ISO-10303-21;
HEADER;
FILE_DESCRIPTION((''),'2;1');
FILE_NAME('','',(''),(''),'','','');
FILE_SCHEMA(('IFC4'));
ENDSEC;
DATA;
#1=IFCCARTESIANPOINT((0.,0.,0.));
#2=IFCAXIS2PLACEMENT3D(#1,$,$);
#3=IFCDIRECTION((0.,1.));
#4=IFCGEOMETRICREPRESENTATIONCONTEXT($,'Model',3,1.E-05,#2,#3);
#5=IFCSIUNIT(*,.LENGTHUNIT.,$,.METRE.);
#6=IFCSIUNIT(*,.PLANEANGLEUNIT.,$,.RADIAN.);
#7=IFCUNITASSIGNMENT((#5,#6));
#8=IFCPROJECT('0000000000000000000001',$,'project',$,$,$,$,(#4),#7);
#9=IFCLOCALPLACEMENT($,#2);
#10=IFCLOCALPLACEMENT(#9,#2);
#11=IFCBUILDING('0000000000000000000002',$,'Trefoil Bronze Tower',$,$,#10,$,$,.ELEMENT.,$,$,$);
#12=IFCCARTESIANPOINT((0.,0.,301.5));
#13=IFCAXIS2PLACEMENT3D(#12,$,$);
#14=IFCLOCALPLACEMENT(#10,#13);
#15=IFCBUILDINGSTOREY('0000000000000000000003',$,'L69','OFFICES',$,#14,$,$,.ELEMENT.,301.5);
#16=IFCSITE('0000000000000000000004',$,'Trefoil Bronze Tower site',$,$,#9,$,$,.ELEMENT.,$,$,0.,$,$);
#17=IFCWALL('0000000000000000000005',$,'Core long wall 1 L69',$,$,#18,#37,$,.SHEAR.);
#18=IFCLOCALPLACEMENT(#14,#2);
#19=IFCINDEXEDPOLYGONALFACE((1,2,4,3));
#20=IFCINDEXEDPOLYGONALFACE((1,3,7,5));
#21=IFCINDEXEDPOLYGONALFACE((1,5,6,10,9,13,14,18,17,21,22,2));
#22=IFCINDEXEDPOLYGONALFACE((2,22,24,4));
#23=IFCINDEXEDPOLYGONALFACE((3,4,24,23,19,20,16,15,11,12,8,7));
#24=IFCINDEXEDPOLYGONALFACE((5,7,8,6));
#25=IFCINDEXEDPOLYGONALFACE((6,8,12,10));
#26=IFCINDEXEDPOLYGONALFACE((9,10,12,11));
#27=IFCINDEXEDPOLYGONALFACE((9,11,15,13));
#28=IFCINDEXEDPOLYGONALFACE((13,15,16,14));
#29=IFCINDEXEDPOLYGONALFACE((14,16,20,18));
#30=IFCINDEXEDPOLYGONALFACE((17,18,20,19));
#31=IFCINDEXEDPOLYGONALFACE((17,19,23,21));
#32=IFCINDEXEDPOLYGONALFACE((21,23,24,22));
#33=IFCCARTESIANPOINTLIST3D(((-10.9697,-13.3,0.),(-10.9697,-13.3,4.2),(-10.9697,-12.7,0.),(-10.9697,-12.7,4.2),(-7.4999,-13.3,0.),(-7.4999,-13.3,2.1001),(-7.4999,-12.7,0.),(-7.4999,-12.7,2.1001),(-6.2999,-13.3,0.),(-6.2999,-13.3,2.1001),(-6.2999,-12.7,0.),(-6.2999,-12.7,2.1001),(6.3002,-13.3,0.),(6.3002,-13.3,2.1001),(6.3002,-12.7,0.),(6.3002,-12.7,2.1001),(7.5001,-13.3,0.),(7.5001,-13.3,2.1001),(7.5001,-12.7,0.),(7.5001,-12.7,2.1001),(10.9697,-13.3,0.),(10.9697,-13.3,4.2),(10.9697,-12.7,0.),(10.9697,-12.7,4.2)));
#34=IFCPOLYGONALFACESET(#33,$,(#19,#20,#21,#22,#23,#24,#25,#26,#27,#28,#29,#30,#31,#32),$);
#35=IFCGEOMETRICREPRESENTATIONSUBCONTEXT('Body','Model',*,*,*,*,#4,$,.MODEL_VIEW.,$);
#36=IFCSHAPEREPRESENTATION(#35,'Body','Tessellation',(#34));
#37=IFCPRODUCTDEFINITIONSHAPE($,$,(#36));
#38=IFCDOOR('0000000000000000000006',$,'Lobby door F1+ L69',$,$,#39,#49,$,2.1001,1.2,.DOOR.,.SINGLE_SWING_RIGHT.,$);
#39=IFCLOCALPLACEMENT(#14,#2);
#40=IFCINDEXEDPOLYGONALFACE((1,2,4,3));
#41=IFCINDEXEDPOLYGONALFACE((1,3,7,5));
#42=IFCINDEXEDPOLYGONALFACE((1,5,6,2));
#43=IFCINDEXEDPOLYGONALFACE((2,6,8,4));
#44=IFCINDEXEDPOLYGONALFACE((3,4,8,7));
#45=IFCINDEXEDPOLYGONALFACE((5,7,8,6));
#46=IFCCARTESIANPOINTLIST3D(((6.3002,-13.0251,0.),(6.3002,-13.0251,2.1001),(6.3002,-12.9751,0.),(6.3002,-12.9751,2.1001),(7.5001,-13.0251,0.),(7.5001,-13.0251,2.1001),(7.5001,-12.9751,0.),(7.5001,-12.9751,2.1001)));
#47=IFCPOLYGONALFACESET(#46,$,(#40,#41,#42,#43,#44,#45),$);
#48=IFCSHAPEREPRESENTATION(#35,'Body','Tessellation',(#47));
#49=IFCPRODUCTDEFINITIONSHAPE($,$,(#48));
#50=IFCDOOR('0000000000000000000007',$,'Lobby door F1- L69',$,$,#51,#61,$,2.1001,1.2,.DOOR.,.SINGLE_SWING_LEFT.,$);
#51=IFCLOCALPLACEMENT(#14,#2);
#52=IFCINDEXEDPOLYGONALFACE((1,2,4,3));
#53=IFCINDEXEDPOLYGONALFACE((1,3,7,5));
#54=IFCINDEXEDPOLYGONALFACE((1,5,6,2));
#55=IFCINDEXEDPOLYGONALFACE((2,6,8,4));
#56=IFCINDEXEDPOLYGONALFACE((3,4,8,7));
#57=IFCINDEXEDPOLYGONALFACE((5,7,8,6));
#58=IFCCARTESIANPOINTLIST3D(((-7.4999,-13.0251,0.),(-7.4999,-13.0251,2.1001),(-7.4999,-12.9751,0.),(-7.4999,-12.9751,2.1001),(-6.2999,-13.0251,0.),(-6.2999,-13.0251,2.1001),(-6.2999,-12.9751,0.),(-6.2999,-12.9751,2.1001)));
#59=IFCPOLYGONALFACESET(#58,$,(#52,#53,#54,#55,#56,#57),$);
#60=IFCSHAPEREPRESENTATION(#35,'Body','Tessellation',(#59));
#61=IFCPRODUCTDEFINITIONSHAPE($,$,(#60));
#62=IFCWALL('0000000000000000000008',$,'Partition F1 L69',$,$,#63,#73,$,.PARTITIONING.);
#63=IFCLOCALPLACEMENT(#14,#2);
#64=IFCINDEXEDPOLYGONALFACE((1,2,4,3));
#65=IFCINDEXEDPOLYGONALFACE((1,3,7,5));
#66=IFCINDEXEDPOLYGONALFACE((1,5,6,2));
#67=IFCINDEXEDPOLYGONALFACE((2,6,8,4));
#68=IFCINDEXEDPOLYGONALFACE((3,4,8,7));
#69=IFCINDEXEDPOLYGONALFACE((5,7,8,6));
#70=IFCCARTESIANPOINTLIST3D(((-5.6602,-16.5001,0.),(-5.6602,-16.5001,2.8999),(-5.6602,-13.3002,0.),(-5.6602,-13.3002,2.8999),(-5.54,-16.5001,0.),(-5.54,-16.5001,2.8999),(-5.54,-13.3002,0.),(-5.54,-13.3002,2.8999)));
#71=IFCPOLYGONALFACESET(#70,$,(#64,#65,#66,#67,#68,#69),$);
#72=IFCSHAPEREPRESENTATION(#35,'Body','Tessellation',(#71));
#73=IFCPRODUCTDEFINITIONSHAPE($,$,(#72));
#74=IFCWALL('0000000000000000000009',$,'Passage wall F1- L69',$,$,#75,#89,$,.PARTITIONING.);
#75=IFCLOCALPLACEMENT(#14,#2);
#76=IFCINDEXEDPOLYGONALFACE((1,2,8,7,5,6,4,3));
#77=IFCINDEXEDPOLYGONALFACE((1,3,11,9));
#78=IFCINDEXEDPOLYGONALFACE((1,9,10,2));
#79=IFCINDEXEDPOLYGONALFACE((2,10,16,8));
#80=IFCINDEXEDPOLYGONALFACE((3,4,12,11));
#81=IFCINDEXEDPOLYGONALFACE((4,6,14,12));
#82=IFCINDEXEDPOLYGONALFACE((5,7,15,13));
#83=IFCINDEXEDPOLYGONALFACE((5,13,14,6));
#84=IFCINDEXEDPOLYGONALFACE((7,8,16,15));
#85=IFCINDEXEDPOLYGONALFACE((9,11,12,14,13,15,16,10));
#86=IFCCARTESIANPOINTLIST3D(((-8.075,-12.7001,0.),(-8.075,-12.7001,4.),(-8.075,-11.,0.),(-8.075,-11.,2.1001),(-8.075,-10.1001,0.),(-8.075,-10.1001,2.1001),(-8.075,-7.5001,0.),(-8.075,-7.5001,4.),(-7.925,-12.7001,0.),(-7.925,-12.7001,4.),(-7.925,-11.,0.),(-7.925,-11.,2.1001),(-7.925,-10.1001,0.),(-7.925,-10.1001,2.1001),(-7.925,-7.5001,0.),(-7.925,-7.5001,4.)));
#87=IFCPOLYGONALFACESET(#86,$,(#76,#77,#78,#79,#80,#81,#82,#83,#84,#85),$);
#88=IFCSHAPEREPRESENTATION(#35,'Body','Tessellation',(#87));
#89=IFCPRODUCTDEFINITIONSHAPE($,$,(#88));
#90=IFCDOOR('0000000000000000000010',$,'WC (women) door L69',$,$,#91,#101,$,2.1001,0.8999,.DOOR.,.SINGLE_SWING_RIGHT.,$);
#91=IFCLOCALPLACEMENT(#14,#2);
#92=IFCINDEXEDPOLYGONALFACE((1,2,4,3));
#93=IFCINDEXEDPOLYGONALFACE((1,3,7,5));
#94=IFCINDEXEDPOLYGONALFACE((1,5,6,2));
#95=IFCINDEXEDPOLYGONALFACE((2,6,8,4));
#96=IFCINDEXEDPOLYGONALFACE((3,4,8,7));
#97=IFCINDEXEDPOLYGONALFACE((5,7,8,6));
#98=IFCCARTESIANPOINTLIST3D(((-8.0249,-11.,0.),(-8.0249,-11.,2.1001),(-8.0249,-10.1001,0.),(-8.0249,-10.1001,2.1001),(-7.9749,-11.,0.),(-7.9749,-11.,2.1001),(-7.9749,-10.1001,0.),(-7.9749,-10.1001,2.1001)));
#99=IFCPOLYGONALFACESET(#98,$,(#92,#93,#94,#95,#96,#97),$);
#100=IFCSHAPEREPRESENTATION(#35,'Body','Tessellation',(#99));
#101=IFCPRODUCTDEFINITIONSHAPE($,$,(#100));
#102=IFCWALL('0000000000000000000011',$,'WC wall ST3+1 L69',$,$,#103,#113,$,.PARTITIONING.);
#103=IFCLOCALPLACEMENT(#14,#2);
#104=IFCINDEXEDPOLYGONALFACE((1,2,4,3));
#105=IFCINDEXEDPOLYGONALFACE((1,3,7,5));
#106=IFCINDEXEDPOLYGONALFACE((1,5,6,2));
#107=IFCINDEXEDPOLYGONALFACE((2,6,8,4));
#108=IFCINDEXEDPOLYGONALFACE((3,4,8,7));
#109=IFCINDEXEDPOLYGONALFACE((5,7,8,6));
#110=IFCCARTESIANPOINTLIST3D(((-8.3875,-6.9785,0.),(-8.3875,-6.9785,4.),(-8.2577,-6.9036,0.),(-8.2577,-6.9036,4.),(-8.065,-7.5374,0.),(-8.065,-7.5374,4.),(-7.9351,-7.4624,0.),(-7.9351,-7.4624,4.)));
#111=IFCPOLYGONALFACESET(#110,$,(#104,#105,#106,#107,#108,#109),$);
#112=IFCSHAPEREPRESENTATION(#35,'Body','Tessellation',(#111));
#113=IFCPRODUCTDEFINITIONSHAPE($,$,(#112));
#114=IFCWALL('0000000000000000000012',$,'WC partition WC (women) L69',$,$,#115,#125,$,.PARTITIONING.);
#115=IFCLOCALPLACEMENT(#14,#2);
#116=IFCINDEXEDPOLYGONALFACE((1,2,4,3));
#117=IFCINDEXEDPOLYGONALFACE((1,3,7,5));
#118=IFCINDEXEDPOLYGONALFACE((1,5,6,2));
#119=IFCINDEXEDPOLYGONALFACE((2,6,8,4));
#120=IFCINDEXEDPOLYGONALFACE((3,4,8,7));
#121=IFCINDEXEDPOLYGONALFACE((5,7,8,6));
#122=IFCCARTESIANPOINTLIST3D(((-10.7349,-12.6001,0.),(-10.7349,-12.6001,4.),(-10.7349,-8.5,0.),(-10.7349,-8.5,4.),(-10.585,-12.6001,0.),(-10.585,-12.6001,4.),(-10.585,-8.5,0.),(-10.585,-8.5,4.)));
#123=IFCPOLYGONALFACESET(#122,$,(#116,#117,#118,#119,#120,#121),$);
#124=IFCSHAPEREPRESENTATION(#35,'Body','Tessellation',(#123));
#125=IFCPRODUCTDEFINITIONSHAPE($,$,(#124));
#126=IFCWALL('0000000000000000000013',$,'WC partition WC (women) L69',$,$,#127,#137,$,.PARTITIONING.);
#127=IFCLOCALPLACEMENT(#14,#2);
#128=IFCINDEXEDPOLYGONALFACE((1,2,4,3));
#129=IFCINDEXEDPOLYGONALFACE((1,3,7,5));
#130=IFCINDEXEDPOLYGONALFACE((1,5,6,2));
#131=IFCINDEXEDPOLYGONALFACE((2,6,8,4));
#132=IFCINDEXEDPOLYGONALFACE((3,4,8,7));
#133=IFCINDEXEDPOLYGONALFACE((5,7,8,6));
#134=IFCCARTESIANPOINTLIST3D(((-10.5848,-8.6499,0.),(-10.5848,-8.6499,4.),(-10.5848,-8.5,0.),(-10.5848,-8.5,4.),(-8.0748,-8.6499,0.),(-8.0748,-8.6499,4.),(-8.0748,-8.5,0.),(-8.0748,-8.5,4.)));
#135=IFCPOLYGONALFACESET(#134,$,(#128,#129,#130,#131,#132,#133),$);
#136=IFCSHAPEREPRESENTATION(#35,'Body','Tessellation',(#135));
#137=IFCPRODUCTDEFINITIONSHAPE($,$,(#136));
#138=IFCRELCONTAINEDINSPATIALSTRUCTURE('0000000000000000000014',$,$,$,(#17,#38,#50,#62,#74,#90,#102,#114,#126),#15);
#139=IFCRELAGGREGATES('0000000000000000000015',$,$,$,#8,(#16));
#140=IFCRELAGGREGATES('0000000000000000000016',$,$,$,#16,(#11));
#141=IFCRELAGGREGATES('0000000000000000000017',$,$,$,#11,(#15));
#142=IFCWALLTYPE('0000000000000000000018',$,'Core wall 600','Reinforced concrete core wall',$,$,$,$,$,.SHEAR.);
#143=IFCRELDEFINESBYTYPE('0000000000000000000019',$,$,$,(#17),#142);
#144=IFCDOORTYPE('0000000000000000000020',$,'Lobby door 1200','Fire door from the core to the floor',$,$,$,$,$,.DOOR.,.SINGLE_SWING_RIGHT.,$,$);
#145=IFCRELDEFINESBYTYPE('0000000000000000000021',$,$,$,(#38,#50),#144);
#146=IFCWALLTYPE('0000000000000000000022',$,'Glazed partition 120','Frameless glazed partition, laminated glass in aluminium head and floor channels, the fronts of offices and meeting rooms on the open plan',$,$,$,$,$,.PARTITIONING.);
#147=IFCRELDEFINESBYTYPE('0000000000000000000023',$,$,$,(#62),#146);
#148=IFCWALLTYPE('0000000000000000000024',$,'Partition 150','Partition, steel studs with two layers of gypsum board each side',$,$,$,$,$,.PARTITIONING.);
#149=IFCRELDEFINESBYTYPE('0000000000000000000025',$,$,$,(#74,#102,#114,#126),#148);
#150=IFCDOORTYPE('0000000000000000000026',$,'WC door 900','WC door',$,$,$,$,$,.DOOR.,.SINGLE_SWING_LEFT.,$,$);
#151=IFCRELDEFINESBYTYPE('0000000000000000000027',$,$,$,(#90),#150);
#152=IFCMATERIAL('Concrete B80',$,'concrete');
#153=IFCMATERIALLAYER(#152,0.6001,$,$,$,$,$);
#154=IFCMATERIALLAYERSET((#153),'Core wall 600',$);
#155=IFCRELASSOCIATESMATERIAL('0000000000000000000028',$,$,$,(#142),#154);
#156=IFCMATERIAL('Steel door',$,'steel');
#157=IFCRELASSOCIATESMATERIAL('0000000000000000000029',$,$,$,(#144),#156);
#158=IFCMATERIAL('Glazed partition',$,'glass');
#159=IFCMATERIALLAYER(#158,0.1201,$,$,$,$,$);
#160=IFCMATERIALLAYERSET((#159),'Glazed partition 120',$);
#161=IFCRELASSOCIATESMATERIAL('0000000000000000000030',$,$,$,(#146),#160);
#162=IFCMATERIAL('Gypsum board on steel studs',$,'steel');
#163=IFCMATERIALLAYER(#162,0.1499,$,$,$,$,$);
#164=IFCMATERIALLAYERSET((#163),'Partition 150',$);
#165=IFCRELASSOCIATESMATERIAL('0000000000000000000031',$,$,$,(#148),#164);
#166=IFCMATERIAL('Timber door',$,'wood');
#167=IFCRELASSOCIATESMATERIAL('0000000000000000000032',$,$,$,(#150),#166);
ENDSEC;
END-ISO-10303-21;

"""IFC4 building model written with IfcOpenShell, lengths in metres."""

from ifc_helpers import new_model, si_unit, direction, frame, frame_2d, origin, place, context, subcontext, project, spatial, rectangle, extrude, material, layer, layer_set, type_object, element, fill, save


model = new_model("IFC4")

# Units and contexts
model_context = context("Model", 3, precision=1e-05, world=origin(), true_north=direction((0.0, 1.0)))
body_context = subcontext(model_context, "Body", "Model", "MODEL_VIEW")
ifc_project = project(units=[si_unit("LENGTHUNIT", "METRE"), si_unit("PLANEANGLEUNIT", "RADIAN")], contexts=[model_context])

# Site, building, storey
site_placement = place(None, origin())
site = spatial("IfcSite", under=ifc_project, at=site_placement, Name="Trefoil Bronze Tower site", CompositionType="ELEMENT", RefElevation=0.0)
building_placement = place(site_placement, origin())
building = spatial("IfcBuilding", under=site, at=building_placement, Name="Trefoil Bronze Tower", CompositionType="ELEMENT")
storey_placement = place(building_placement, frame((0.0, 0.0, 301.5)))
storey = spatial("IfcBuildingStorey", under=building, at=storey_placement, Name="L69", Description="OFFICES", CompositionType="ELEMENT", Elevation=301.5)

# Wall, openings, doors
ifc_material_1 = material(Name="Concrete B80", Category="concrete")
ifc_layer_1 = layer(ifc_material_1, 0.6001)
ifc_layer_set_1 = layer_set([ifc_layer_1], Name="Core wall 600")
wall_type_1 = type_object("IfcWallType", Name="Core wall 600", Description="Reinforced concrete core wall", PredefinedType="SHEAR", material=ifc_layer_set_1)
wall_1_placement = place(storey_placement, frame((-10.9697, -13.0, 0.0), z_axis=(0.0, 0.0, 1.0), x_axis=(1.0, 0.0, 0.0)))
wall_1 = element("IfcWall", 1, at=wall_1_placement, inside=storey, type_object=wall_type_1, Name="Core long wall 1 L69", PredefinedType="SHEAR", context=body_context, shape_type="SweptSolid", body=[
    extrude(rectangle(XDim=21.9395, YDim=0.6001, at=frame_2d((10.9697, 0.0))), origin(), (0.0, 0.0, 1.0), 4.2),
])
opening_1_placement = place(wall_1_placement, frame((17.2698, 0.0, 0.0)))
opening_1 = element("IfcOpeningElement", 2, at=opening_1_placement, cuts=wall_1, PredefinedType="OPENING", context=body_context, shape_type="SweptSolid", body=[
    extrude(rectangle(XDim=1.2, YDim=2.1001, at=frame_2d((0.6001, 1.05))), frame((0.0, 0.3101, 0.0), z_axis=(0.0, -1.0, 0.0), x_axis=(1.0, 0.0, 0.0)), (0.0, 0.0, 1.0), 0.6201),
])
opening_2_placement = place(wall_1_placement, frame((3.4697, 0.0, 0.0)))
opening_2 = element("IfcOpeningElement", 3, at=opening_2_placement, cuts=wall_1, PredefinedType="OPENING", context=body_context, shape_type="SweptSolid", body=[
    extrude(rectangle(XDim=1.2, YDim=2.1001, at=frame_2d((0.6001, 1.05))), frame((0.0, 0.3101, 0.0), z_axis=(0.0, -1.0, 0.0), x_axis=(1.0, 0.0, 0.0)), (0.0, 0.0, 1.0), 0.6201),
])
ifc_material_2 = material(Name="Steel door", Category="steel")
door_type_1 = type_object("IfcDoorType", Name="Lobby door 1200", Description="Fire door from the core to the floor", OperationType="SINGLE_SWING_RIGHT", PredefinedType="DOOR", material=ifc_material_2)
door_1_placement = place(opening_1_placement, origin())
door_1 = element("IfcDoor", 4, at=door_1_placement, inside=storey, type_object=door_type_1, Name="Lobby door F1+ L69", OperationType="SINGLE_SWING_RIGHT", OverallHeight=2.1001, OverallWidth=1.2, PredefinedType="DOOR", context=body_context, shape_type="SweptSolid", body=[
    extrude(rectangle(XDim=1.2, YDim=2.1001, at=frame_2d((0.6001, 1.05))), frame((0.0, 0.0249, 0.0), z_axis=(0.0, -1.0, 0.0), x_axis=(1.0, 0.0, 0.0)), (0.0, 0.0, 1.0), 0.05),
])
fill(opening_1, door_1)
door_2_placement = place(opening_2_placement, origin())
door_2 = element("IfcDoor", 5, at=door_2_placement, inside=storey, type_object=door_type_1, Name="Lobby door F1- L69", OperationType="SINGLE_SWING_LEFT", OverallHeight=2.1001, OverallWidth=1.2, PredefinedType="DOOR", context=body_context, shape_type="SweptSolid", body=[
    extrude(rectangle(XDim=1.2, YDim=2.1001, at=frame_2d((0.6001, 1.05))), frame((0.0, 0.0249, 0.0), z_axis=(0.0, -1.0, 0.0), x_axis=(1.0, 0.0, 0.0)), (0.0, 0.0, 1.0), 0.05),
])
fill(opening_2, door_2)

# Wall
ifc_material_3 = material(Name="Glazed partition", Category="glass")
ifc_layer_2 = layer(ifc_material_3, 0.1201)
ifc_layer_set_2 = layer_set([ifc_layer_2], Name="Glazed partition 120")
wall_type_2 = type_object("IfcWallType", Name="Glazed partition 120", Description="Frameless glazed partition, laminated glass in aluminium head and floor channels, the fronts of offices and meeting rooms on the open plan", PredefinedType="PARTITIONING", material=ifc_layer_set_2)
wall_2_placement = place(storey_placement, frame((-5.6001, -13.3, 0.0), z_axis=(0.0, 0.0, 1.0), x_axis=(0.0, -1.0, 0.0)))
element("IfcWall", 6, at=wall_2_placement, inside=storey, type_object=wall_type_2, Name="Partition F1 L69", PredefinedType="PARTITIONING", context=body_context, shape_type="SweptSolid", body=[
    extrude(rectangle(XDim=3.2, YDim=0.1201, at=frame_2d((1.6001, 0.0))), origin(), (0.0, 0.0, 1.0), 2.8999),
])

# Wall, opening, door
ifc_material_4 = material(Name="Gypsum board on steel studs", Category="steel")
ifc_layer_3 = layer(ifc_material_4, 0.1499)
ifc_layer_set_3 = layer_set([ifc_layer_3], Name="Partition 150")
wall_type_3 = type_object("IfcWallType", Name="Partition 150", Description="Partition, steel studs with two layers of gypsum board each side", PredefinedType="PARTITIONING", material=ifc_layer_set_3)
wall_3_placement = place(storey_placement, frame((-8.0, -7.5, 0.0), z_axis=(0.0, 0.0, 1.0), x_axis=(0.0, -1.0, 0.0)))
wall_3 = element("IfcWall", 7, at=wall_3_placement, inside=storey, type_object=wall_type_3, Name="Passage wall F1- L69", PredefinedType="PARTITIONING", context=body_context, shape_type="SweptSolid", body=[
    extrude(rectangle(XDim=5.2, YDim=0.1499, at=frame_2d((2.6001, 0.0))), origin(), (0.0, 0.0, 1.0), 4.0),
])
opening_3_placement = place(wall_3_placement, frame((2.6001, 0.0, 0.0)))
opening_3 = element("IfcOpeningElement", 8, at=opening_3_placement, cuts=wall_3, PredefinedType="OPENING", context=body_context, shape_type="SweptSolid", body=[
    extrude(rectangle(XDim=0.8999, YDim=2.1001, at=frame_2d((0.45, 1.05))), frame((0.0, 0.085, 0.0), z_axis=(0.0, -1.0, 0.0), x_axis=(1.0, 0.0, 0.0)), (0.0, 0.0, 1.0), 0.1699),
])
ifc_material_5 = material(Name="Timber door", Category="wood")
door_type_2 = type_object("IfcDoorType", Name="WC door 900", Description="WC door", OperationType="SINGLE_SWING_LEFT", PredefinedType="DOOR", material=ifc_material_5)
door_3_placement = place(opening_3_placement, frame((0.8999, 0.0, 0.0), z_axis=(0.0, 0.0, 1.0), x_axis=(-1.0, 0.0, 0.0)))
door_3 = element("IfcDoor", 9, at=door_3_placement, inside=storey, type_object=door_type_2, Name="WC (women) door L69", OperationType="SINGLE_SWING_RIGHT", OverallHeight=2.1001, OverallWidth=0.8999, PredefinedType="DOOR", context=body_context, shape_type="SweptSolid", body=[
    extrude(rectangle(XDim=0.8999, YDim=2.1001, at=frame_2d((0.45, 1.05))), frame((0.0, 0.0249, 0.0), z_axis=(0.0, -1.0, 0.0), x_axis=(1.0, 0.0, 0.0)), (0.0, 0.0, 1.0), 0.05),
])
fill(opening_3, door_3)

# Walls
wall_4_placement = place(storey_placement, frame((-8.0, -7.5, 0.0), z_axis=(0.0, 0.0, 1.0), x_axis=(-0.499843, 0.866116, 0.0)))
element("IfcWall", 10, at=wall_4_placement, inside=storey, type_object=wall_type_3, Name="WC wall ST3+1 L69", PredefinedType="PARTITIONING", context=body_context, shape_type="SweptSolid", body=[
    extrude(rectangle(XDim=0.6453, YDim=0.1499, at=frame_2d((0.3228, 0.0))), origin(), (0.0, 0.0, 1.0), 4.0),
])
wall_5_placement = place(storey_placement, frame((-10.6599, -8.5, 0.0), z_axis=(0.0, 0.0, 1.0), x_axis=(0.0, -1.0, 0.0)))
element("IfcWall", 11, at=wall_5_placement, inside=storey, type_object=wall_type_3, Name="WC partition WC (women) L69", PredefinedType="PARTITIONING", context=body_context, shape_type="SweptSolid", body=[
    extrude(rectangle(XDim=4.1001, YDim=0.1499, at=frame_2d((2.05, 0.0))), origin(), (0.0, 0.0, 1.0), 4.0),
])
wall_6_placement = place(storey_placement, frame((-8.075, -8.575, 0.0), z_axis=(0.0, 0.0, 1.0), x_axis=(-1.0, 0.0, 0.0)))
element("IfcWall", 12, at=wall_6_placement, inside=storey, type_object=wall_type_3, Name="WC partition WC (women) L69", PredefinedType="PARTITIONING", context=body_context, shape_type="SweptSolid", body=[
    extrude(rectangle(XDim=2.51, YDim=0.1499, at=frame_2d((1.2549, 0.0))), origin(), (0.0, 0.0, 1.0), 4.0),
])

save(model, "model.ifc")
